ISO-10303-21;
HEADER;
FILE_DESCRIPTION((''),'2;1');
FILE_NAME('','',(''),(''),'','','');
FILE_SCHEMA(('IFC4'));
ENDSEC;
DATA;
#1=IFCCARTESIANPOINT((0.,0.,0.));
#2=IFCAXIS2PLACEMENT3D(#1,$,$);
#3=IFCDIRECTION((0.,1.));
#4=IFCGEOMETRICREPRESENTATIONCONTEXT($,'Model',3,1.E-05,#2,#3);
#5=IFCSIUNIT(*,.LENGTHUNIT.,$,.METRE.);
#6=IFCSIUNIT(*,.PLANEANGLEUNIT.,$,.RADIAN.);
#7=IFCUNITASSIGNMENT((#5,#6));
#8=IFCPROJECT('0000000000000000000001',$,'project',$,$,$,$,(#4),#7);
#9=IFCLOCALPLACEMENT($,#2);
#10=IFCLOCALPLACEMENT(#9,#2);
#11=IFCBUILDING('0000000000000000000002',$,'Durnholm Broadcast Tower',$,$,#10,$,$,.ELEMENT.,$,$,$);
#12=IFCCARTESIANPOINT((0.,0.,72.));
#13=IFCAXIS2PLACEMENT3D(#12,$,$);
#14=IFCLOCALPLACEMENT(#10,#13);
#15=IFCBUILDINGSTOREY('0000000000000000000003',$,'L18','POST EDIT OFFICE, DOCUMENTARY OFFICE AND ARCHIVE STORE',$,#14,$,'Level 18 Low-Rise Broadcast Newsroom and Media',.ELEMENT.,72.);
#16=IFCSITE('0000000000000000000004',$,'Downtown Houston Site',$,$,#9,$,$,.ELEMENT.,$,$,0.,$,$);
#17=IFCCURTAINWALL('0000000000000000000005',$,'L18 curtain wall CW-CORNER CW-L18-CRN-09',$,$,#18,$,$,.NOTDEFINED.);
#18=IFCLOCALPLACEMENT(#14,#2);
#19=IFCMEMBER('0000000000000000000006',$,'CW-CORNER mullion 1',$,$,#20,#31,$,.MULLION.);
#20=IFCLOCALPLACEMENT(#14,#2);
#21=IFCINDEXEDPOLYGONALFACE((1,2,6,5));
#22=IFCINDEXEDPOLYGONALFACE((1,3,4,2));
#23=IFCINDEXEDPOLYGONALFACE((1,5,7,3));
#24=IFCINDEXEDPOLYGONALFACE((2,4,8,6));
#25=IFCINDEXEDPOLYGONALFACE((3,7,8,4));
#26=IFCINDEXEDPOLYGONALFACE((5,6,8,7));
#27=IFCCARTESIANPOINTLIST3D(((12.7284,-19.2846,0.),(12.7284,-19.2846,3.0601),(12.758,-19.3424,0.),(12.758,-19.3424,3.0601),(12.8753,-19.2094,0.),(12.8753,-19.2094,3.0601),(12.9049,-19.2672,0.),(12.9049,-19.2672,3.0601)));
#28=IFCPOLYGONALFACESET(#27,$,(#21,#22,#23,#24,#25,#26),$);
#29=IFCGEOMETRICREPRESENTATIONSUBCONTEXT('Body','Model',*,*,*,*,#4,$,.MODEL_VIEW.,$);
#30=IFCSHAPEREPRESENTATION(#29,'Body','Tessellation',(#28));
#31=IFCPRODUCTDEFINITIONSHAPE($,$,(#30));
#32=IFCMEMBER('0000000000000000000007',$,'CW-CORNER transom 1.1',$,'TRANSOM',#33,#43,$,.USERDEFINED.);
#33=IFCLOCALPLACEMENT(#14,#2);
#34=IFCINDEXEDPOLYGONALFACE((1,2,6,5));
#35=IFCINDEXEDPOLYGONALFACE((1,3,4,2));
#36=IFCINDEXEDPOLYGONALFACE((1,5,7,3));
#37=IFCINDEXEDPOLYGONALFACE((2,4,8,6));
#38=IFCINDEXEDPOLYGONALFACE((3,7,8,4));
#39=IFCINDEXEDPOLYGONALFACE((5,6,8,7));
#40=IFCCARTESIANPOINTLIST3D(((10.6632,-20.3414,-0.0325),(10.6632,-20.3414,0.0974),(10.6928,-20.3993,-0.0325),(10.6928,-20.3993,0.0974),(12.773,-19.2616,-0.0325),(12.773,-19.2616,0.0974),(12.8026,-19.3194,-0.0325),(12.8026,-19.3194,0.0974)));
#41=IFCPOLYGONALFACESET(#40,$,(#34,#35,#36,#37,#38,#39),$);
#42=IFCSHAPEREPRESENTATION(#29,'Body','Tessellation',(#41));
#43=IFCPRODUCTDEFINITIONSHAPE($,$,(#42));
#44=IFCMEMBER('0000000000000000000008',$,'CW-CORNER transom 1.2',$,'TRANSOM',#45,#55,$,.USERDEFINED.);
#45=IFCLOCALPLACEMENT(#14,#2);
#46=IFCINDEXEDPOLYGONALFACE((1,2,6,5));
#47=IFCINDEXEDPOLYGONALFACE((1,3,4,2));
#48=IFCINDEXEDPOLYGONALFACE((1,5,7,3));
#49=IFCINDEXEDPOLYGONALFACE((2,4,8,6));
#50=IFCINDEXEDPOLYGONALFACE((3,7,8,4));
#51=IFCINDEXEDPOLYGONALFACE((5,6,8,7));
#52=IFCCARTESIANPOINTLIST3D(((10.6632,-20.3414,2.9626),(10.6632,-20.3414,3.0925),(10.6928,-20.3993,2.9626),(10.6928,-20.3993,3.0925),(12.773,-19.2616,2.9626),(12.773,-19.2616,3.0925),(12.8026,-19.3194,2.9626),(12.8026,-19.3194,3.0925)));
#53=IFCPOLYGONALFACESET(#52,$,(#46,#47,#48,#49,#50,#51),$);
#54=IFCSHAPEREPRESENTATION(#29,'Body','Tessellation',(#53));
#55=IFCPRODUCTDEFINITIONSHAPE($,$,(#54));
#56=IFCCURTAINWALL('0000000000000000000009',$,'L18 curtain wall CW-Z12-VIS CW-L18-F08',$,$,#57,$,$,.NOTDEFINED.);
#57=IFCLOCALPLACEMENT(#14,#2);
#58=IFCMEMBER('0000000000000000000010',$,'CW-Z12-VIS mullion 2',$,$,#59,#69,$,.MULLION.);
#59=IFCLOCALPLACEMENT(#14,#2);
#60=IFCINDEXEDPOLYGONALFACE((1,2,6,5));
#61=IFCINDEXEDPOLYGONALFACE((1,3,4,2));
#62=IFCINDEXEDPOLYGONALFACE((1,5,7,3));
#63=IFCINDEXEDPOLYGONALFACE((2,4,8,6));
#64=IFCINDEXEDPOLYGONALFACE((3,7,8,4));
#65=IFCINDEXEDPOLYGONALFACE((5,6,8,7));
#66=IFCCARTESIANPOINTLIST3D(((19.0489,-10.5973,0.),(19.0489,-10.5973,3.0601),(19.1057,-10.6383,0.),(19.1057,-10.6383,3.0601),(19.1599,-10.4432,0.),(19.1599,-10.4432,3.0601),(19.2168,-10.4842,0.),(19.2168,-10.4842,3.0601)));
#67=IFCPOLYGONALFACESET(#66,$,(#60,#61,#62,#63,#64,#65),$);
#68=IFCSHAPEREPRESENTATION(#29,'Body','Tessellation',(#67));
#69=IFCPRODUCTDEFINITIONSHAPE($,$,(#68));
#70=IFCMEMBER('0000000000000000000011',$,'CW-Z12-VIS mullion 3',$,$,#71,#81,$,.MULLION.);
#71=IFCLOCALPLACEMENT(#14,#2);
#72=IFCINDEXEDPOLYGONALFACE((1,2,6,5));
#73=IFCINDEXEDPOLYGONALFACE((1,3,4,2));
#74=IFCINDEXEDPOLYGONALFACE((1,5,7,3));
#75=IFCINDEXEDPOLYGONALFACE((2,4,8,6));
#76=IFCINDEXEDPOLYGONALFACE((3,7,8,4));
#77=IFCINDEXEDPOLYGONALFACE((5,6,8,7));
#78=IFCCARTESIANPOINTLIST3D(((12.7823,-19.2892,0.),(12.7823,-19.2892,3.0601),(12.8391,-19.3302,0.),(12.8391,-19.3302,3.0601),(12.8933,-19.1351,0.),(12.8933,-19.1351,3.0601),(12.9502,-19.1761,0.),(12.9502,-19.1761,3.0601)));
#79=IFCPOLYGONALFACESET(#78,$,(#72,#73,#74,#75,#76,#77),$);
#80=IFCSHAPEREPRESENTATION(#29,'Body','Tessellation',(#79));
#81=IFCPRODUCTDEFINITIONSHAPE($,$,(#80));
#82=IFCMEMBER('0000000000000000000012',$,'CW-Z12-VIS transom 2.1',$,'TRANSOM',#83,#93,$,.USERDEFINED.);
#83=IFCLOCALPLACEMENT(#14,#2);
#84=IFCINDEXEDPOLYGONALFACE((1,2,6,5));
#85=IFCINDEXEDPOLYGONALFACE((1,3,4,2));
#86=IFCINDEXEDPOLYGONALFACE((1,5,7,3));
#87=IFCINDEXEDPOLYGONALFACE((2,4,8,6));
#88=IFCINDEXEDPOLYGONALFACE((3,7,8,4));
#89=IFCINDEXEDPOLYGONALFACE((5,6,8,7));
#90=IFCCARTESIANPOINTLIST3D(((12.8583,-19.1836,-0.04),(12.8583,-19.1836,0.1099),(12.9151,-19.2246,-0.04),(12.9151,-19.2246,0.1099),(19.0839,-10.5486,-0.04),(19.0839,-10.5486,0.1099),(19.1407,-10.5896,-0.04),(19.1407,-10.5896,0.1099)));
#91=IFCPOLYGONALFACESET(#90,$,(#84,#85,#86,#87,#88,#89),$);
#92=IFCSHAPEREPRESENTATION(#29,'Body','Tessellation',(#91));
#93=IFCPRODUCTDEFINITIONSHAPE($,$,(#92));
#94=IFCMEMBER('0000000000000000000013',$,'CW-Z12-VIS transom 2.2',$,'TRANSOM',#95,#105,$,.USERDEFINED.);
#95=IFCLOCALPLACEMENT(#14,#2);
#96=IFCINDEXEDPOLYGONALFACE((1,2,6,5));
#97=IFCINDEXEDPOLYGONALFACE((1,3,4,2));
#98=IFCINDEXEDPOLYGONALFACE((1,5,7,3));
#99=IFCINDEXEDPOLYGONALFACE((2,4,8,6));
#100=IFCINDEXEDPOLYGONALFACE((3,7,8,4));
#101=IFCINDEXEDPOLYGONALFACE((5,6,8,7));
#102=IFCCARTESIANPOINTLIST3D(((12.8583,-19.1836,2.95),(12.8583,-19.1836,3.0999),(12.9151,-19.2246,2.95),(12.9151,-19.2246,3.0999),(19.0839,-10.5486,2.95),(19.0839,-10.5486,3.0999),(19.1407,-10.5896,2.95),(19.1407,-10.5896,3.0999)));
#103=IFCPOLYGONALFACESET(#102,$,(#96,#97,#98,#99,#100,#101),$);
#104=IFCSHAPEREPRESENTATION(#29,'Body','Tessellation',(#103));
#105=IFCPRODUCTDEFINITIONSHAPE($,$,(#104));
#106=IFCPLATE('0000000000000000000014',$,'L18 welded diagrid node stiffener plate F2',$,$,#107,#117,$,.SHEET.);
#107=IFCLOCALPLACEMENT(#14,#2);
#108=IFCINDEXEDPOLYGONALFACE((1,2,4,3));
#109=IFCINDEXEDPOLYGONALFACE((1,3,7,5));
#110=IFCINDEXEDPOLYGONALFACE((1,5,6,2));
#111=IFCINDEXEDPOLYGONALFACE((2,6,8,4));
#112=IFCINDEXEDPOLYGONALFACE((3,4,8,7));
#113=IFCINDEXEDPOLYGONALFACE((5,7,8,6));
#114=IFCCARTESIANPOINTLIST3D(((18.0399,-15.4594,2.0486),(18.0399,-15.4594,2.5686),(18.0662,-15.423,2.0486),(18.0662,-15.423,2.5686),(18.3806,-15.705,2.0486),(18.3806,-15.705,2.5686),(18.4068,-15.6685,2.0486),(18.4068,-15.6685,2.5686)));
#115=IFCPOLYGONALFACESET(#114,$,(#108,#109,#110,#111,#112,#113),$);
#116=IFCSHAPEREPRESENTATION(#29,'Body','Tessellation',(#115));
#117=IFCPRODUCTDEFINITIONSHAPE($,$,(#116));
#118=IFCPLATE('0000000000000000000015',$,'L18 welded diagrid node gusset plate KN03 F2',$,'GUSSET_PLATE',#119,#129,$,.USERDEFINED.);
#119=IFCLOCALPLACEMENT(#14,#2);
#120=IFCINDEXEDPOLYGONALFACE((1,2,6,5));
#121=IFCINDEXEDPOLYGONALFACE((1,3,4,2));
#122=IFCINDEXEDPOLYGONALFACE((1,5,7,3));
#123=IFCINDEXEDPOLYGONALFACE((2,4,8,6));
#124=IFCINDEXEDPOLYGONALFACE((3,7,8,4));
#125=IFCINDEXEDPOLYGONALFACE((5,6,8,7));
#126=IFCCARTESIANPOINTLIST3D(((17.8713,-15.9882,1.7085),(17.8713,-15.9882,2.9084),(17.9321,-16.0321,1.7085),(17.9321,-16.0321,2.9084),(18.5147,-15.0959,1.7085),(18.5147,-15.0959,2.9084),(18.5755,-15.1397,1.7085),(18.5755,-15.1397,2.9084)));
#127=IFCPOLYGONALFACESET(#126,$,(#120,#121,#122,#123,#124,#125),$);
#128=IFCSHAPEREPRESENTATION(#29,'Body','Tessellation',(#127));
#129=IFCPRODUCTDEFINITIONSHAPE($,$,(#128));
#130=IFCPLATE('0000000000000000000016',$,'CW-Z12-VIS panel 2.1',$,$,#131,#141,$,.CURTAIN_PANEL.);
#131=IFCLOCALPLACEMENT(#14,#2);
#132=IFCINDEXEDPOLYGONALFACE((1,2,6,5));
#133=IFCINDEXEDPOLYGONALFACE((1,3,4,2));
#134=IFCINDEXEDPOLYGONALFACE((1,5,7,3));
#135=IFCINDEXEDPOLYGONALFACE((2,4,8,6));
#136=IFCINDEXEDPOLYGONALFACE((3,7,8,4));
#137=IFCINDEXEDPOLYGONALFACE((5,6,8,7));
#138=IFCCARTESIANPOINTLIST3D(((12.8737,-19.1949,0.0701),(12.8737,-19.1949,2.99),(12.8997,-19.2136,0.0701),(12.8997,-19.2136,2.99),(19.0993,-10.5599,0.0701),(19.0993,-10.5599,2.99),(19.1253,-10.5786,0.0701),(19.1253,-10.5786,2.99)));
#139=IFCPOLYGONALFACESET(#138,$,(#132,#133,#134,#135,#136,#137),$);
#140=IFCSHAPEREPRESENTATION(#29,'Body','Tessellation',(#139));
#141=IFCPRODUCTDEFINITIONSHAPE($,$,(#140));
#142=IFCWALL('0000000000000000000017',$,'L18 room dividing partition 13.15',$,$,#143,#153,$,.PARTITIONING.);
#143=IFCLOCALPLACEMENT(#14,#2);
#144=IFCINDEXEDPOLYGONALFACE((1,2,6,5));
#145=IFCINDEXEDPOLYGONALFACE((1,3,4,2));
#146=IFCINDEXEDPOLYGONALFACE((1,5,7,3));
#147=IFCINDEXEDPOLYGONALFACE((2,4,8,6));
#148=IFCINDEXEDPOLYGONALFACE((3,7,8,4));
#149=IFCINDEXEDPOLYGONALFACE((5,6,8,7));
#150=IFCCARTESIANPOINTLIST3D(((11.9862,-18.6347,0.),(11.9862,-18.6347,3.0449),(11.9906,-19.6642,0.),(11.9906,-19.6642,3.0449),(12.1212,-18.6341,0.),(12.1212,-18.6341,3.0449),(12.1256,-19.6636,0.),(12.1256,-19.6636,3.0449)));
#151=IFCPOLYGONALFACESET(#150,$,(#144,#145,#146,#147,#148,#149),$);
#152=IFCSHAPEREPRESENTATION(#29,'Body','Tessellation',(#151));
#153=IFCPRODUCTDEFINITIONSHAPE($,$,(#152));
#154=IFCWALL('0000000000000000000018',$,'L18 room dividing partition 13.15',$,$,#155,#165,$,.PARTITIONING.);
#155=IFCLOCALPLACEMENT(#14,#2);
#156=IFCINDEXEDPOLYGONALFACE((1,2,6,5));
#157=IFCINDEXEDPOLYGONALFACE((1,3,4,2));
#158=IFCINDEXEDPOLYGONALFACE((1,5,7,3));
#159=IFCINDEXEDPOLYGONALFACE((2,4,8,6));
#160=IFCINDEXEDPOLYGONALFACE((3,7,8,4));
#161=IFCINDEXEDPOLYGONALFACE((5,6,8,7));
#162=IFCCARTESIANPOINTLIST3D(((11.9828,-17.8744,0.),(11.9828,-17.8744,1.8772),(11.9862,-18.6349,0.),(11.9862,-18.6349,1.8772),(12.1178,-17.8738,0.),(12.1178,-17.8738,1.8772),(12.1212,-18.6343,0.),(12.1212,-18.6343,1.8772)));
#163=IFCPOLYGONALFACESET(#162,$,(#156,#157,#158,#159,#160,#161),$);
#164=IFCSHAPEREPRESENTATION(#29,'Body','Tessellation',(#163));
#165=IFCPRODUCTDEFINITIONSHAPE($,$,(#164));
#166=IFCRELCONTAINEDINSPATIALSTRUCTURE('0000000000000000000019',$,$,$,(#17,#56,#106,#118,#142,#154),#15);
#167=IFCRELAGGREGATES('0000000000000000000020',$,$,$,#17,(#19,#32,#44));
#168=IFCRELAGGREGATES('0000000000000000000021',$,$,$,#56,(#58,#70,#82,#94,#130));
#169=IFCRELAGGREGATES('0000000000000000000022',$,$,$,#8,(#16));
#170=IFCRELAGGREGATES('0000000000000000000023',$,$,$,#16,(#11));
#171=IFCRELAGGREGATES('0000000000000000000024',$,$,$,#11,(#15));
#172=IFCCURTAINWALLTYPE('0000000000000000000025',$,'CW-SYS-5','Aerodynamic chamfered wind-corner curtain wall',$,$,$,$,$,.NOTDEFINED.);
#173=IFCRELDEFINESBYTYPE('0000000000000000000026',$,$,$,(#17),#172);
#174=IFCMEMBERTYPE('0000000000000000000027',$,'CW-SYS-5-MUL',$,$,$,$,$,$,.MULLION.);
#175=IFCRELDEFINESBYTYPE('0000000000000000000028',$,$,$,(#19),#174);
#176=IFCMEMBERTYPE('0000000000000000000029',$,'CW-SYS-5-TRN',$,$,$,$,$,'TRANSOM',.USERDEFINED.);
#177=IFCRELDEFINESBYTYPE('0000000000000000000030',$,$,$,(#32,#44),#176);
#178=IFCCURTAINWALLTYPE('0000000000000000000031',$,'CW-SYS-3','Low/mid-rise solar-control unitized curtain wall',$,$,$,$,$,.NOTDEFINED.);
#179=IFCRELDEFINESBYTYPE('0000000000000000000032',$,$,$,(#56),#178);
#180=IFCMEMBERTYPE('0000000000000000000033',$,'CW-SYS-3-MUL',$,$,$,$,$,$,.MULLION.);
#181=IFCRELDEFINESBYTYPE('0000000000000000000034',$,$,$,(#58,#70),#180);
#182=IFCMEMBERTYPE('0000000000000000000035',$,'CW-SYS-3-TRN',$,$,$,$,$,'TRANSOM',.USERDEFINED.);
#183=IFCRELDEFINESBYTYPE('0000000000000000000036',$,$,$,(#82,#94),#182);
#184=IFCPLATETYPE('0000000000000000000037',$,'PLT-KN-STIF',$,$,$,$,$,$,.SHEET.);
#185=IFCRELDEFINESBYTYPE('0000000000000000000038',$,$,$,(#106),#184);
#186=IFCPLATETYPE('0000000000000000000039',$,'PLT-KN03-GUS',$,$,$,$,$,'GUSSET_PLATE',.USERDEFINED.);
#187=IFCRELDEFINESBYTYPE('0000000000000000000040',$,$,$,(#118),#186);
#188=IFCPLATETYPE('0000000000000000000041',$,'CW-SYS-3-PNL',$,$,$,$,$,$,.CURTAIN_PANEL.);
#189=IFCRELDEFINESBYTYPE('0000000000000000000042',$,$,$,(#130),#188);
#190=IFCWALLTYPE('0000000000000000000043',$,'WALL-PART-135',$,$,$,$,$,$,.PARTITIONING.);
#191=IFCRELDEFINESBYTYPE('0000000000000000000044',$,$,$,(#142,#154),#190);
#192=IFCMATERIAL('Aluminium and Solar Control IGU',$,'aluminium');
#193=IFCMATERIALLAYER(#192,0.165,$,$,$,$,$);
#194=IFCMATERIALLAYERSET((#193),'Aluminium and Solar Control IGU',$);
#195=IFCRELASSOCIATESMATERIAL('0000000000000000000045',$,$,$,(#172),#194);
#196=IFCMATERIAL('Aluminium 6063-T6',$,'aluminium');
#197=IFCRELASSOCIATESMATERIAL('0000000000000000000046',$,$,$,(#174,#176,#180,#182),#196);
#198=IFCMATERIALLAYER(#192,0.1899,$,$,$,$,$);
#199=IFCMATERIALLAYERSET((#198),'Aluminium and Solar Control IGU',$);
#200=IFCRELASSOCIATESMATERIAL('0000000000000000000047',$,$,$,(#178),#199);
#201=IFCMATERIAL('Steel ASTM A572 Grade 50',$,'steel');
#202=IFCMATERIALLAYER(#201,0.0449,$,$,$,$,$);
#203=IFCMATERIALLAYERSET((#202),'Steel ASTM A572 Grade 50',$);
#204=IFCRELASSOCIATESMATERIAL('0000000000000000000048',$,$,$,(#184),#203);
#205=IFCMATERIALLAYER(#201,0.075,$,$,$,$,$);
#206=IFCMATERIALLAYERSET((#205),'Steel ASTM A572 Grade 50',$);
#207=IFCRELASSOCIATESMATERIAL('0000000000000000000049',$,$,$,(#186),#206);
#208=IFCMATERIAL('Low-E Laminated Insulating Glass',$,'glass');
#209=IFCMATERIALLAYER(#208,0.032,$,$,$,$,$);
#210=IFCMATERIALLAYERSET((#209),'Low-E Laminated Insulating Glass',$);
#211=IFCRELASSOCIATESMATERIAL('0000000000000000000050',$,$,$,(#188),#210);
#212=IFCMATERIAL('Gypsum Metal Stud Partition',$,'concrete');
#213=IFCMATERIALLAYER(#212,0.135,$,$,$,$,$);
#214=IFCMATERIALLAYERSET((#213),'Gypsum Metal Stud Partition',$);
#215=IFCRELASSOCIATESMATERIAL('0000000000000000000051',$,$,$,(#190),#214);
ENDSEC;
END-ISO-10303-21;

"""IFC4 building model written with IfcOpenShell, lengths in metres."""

from ifc_helpers import new_model, si_unit, direction, frame, frame_2d, origin, origin_2d, place, context, subcontext, project, spatial, rectangle, extrude, source, transform, mapped, material, layer, layer_set, material_profile, profile_set, type_object, type_shapes, element, aggregate, save


model = new_model("IFC4")

# Units and contexts
model_context = context("Model", 3, precision=1e-05, world=origin(), true_north=direction((0.0, 1.0)))
body_context = subcontext(model_context, "Body", "Model", "MODEL_VIEW")
ifc_project = project(units=[si_unit("LENGTHUNIT", "METRE"), si_unit("PLANEANGLEUNIT", "RADIAN")], contexts=[model_context])

# Site, building, storey
site_placement = place(None, origin())
site = spatial("IfcSite", under=ifc_project, at=site_placement, Name="Downtown Houston Site", CompositionType="ELEMENT", RefElevation=0.0)
building_placement = place(site_placement, origin())
building = spatial("IfcBuilding", under=site, at=building_placement, Name="Durnholm Broadcast Tower", CompositionType="ELEMENT")
storey_placement = place(building_placement, frame((0.0, 0.0, 72.0)))
storey = spatial("IfcBuildingStorey", under=building, at=storey_placement, Name="L18", Description="POST EDIT OFFICE, DOCUMENTARY OFFICE AND ARCHIVE STORE", LongName="Level 18 Low-Rise Broadcast Newsroom and Media", CompositionType="ELEMENT", Elevation=72.0)

# Curtain walls, members
ifc_material_1 = material(Name="Aluminium and Solar Control IGU", Category="aluminium")
ifc_layer_1 = layer(ifc_material_1, 0.165)
ifc_layer_set_1 = layer_set([ifc_layer_1], Name="Aluminium and Solar Control IGU")
curtain_wall_type_1 = type_object("IfcCurtainWallType", Name="CW-SYS-5", Description="Aerodynamic chamfered wind-corner curtain wall", PredefinedType="NOTDEFINED", material=ifc_layer_set_1)
curtain_wall_1_placement = place(storey_placement, origin())
curtain_wall_1 = element("IfcCurtainWall", 1, at=curtain_wall_1_placement, inside=storey, type_object=curtain_wall_type_1, Name="L18 curtain wall CW-CORNER CW-L18-CRN-09", PredefinedType="NOTDEFINED")
ifc_material_2 = material(Name="Aluminium 6063-T6", Category="aluminium")
ifc_material_profile_1 = material_profile(ifc_material_2, rectangle(XDim=0.0649, YDim=0.165, at=origin_2d()), Name="CWM65X165")
ifc_profile_set_1 = profile_set([ifc_material_profile_1], Name="Aluminium 6063-T6")
member_type_1 = type_object("IfcMemberType", Name="CW-SYS-5-MUL", PredefinedType="MULLION", material=ifc_profile_set_1)
shared_shape_1 = source(origin(), body_context, "Body", "SweptSolid", [
    extrude(rectangle(XDim=0.0649, YDim=0.165, at=origin_2d()), origin(), (0.0, 0.0, 1.0), 3.0601),
])
type_shapes(member_type_1, [shared_shape_1])
member_1_placement = place(storey_placement, frame((12.8167, -19.2759, 0.0), z_axis=(0.0, 0.0, 1.0), x_axis=(0.455594, -0.890188, 0.0)))
member_1 = element("IfcMember", 2, at=member_1_placement, type_object=member_type_1, Name="CW-CORNER mullion 1", PredefinedType="MULLION", context=body_context, shape_type="MappedRepresentation", body=[
    mapped(shared_shape_1, transform((0.0, 0.0, 0.0), x_axis=(1.0, 0.0, 0.0), y_axis=(0.0, 1.0, 0.0), z_axis=(0.0, 0.0, 1.0), scale=1.0)),
])
ifc_material_profile_2 = material_profile(ifc_material_2, rectangle(XDim=0.0649, YDim=0.1299, at=origin_2d()), Name="CWT65X130")
ifc_profile_set_2 = profile_set([ifc_material_profile_2], Name="Aluminium 6063-T6")
member_type_2 = type_object("IfcMemberType", Name="CW-SYS-5-TRN", ElementType="TRANSOM", PredefinedType="USERDEFINED", material=ifc_profile_set_2)
shared_shape_2 = source(origin(), body_context, "Body", "SweptSolid", [
    extrude(rectangle(XDim=0.0649, YDim=0.1299, at=origin_2d()), origin(), (0.0, 0.0, 1.0), 2.3701),
])
type_shapes(member_type_2, [shared_shape_2])
member_2_placement = place(storey_placement, frame((12.7878, -19.2905, 0.0325), z_axis=(-0.890185, -0.455599, 0.0), x_axis=(0.455599, -0.890185, 0.0)))
member_2 = element("IfcMember", 3, at=member_2_placement, type_object=member_type_2, Name="CW-CORNER transom 1.1", ObjectType="TRANSOM", PredefinedType="USERDEFINED", context=body_context, shape_type="MappedRepresentation", body=[
    mapped(shared_shape_2, transform((0.0, 0.0, 0.0), x_axis=(1.0, 0.0, 0.0), y_axis=(0.0, 1.0, 0.0), z_axis=(0.0, 0.0, 1.0), scale=1.0)),
])
member_3_placement = place(storey_placement, frame((12.7878, -19.2905, 3.0276), z_axis=(-0.890185, -0.455599, 0.0), x_axis=(0.455599, -0.890185, 0.0)))
member_3 = element("IfcMember", 4, at=member_3_placement, type_object=member_type_2, Name="CW-CORNER transom 1.2", ObjectType="TRANSOM", PredefinedType="USERDEFINED", context=body_context, shape_type="MappedRepresentation", body=[
    mapped(shared_shape_2, transform((0.0, 0.0, 0.0), x_axis=(1.0, 0.0, 0.0), y_axis=(0.0, 1.0, 0.0), z_axis=(0.0, 0.0, 1.0), scale=1.0)),
])
aggregate(curtain_wall_1, [member_1, member_2, member_3])
ifc_layer_2 = layer(ifc_material_1, 0.1899)
ifc_layer_set_2 = layer_set([ifc_layer_2], Name="Aluminium and Solar Control IGU")
curtain_wall_type_2 = type_object("IfcCurtainWallType", Name="CW-SYS-3", Description="Low/mid-rise solar-control unitized curtain wall", PredefinedType="NOTDEFINED", material=ifc_layer_set_2)
curtain_wall_2_placement = place(storey_placement, origin())
curtain_wall_2 = element("IfcCurtainWall", 5, at=curtain_wall_2_placement, inside=storey, type_object=curtain_wall_type_2, Name="L18 curtain wall CW-Z12-VIS CW-L18-F08", PredefinedType="NOTDEFINED")
ifc_material_profile_3 = material_profile(ifc_material_2, rectangle(XDim=0.0701, YDim=0.1899, at=origin_2d()), Name="CWM70X190")
ifc_profile_set_3 = profile_set([ifc_material_profile_3], Name="Aluminium 6063-T6")
member_type_3 = type_object("IfcMemberType", Name="CW-SYS-3-MUL", PredefinedType="MULLION", material=ifc_profile_set_3)
shared_shape_3 = source(origin(), body_context, "Body", "SweptSolid", [
    extrude(rectangle(XDim=0.0701, YDim=0.1899, at=origin_2d()), origin(), (0.0, 0.0, 1.0), 3.0601),
])
type_shapes(member_type_3, [shared_shape_3])
member_4_placement = place(storey_placement, frame((19.1328, -10.5408, 0.0), z_axis=(0.0, 0.0, 1.0), x_axis=(0.811161, -0.584823, 0.0)))
member_4 = element("IfcMember", 6, at=member_4_placement, type_object=member_type_3, Name="CW-Z12-VIS mullion 2", PredefinedType="MULLION", context=body_context, shape_type="MappedRepresentation", body=[
    mapped(shared_shape_3, transform((0.0, 0.0, 0.0), x_axis=(1.0, 0.0, 0.0), y_axis=(0.0, 1.0, 0.0), z_axis=(0.0, 0.0, 1.0), scale=1.0)),
])
member_5_placement = place(storey_placement, frame((12.8662, -19.2327, 0.0), z_axis=(0.0, 0.0, 1.0), x_axis=(0.811161, -0.584823, 0.0)))
member_5 = element("IfcMember", 7, at=member_5_placement, type_object=member_type_3, Name="CW-Z12-VIS mullion 3", PredefinedType="MULLION", context=body_context, shape_type="MappedRepresentation", body=[
    mapped(shared_shape_3, transform((0.0, 0.0, 0.0), x_axis=(1.0, 0.0, 0.0), y_axis=(0.0, 1.0, 0.0), z_axis=(0.0, 0.0, 1.0), scale=1.0)),
])
ifc_material_profile_4 = material_profile(ifc_material_2, rectangle(XDim=0.0701, YDim=0.1499, at=origin_2d()), Name="CWT70X150")
ifc_profile_set_4 = profile_set([ifc_material_profile_4], Name="Aluminium 6063-T6")
member_type_4 = type_object("IfcMemberType", Name="CW-SYS-3-TRN", ElementType="TRANSOM", PredefinedType="USERDEFINED", material=ifc_profile_set_4)
shared_shape_4 = source(origin(), body_context, "Body", "SweptSolid", [
    extrude(rectangle(XDim=0.0701, YDim=0.1499, at=origin_2d()), origin(), (0.0, 0.0, 1.0), 10.6453),
])
type_shapes(member_type_4, [shared_shape_4])
member_6_placement = place(storey_placement, frame((19.1123, -10.5691, 0.0349), z_axis=(-0.584823, -0.811161, 0.0), x_axis=(0.811161, -0.584823, 0.0)))
member_6 = element("IfcMember", 8, at=member_6_placement, type_object=member_type_4, Name="CW-Z12-VIS transom 2.1", ObjectType="TRANSOM", PredefinedType="USERDEFINED", context=body_context, shape_type="MappedRepresentation", body=[
    mapped(shared_shape_4, transform((0.0, 0.0, 0.0), x_axis=(1.0, 0.0, 0.0), y_axis=(0.0, 1.0, 0.0), z_axis=(0.0, 0.0, 1.0), scale=1.0)),
])
member_7_placement = place(storey_placement, frame((19.1123, -10.5691, 3.0249), z_axis=(-0.584823, -0.811161, 0.0), x_axis=(0.811161, -0.584823, 0.0)))
member_7 = element("IfcMember", 9, at=member_7_placement, type_object=member_type_4, Name="CW-Z12-VIS transom 2.2", ObjectType="TRANSOM", PredefinedType="USERDEFINED", context=body_context, shape_type="MappedRepresentation", body=[
    mapped(shared_shape_4, transform((0.0, 0.0, 0.0), x_axis=(1.0, 0.0, 0.0), y_axis=(0.0, 1.0, 0.0), z_axis=(0.0, 0.0, 1.0), scale=1.0)),
])

# Plates
ifc_material_3 = material(Name="Steel ASTM A572 Grade 50", Category="steel")
ifc_layer_3 = layer(ifc_material_3, 0.0449)
ifc_layer_set_3 = layer_set([ifc_layer_3], Name="Steel ASTM A572 Grade 50")
plate_type_1 = type_object("IfcPlateType", Name="PLT-KN-STIF", PredefinedType="SHEET", material=ifc_layer_set_3)
shared_shape_5 = source(origin(), body_context, "Body", "SweptSolid", [
    extrude(rectangle(XDim=0.0449, YDim=0.4199, at=origin_2d()), origin(), (0.0, 0.0, 1.0), 0.52),
])
type_shapes(plate_type_1, [shared_shape_5])
plate_1_placement = place(storey_placement, frame((18.2234, -15.564, 2.0486), z_axis=(0.0, 0.0, 1.0), x_axis=(0.584816, 0.811166, 0.0)))
element("IfcPlate", 10, at=plate_1_placement, inside=storey, type_object=plate_type_1, Name="L18 welded diagrid node stiffener plate F2", PredefinedType="SHEET", context=body_context, shape_type="MappedRepresentation", body=[
    mapped(shared_shape_5, transform((0.0, 0.0, 0.0), x_axis=(1.0, 0.0, 0.0), y_axis=(0.0, 1.0, 0.0), z_axis=(0.0, 0.0, 1.0), scale=1.0)),
])
ifc_layer_4 = layer(ifc_material_3, 0.075)
ifc_layer_set_4 = layer_set([ifc_layer_4], Name="Steel ASTM A572 Grade 50")
plate_type_2 = type_object("IfcPlateType", Name="PLT-KN03-GUS", ElementType="GUSSET_PLATE", PredefinedType="USERDEFINED", material=ifc_layer_set_4)
shared_shape_6 = source(origin(), body_context, "Body", "SweptSolid", [
    extrude(rectangle(XDim=1.1001, YDim=0.075, at=origin_2d()), origin(), (0.0, 0.0, 1.0), 1.2),
])
type_shapes(plate_type_2, [shared_shape_6])
plate_2_placement = place(storey_placement, frame((18.2234, -15.564, 1.7085), z_axis=(0.0, 0.0, 1.0), x_axis=(0.584816, 0.811166, 0.0)))
element("IfcPlate", 11, at=plate_2_placement, inside=storey, type_object=plate_type_2, Name="L18 welded diagrid node gusset plate KN03 F2", ObjectType="GUSSET_PLATE", PredefinedType="USERDEFINED", context=body_context, shape_type="MappedRepresentation", body=[
    mapped(shared_shape_6, transform((0.0, 0.0, 0.0), x_axis=(1.0, 0.0, 0.0), y_axis=(0.0, 1.0, 0.0), z_axis=(0.0, 0.0, 1.0), scale=1.0)),
])

# Plate
ifc_material_4 = material(Name="Low-E Laminated Insulating Glass", Category="glass")
ifc_layer_5 = layer(ifc_material_4, 0.032)
ifc_layer_set_5 = layer_set([ifc_layer_5], Name="Low-E Laminated Insulating Glass")
plate_type_3 = type_object("IfcPlateType", Name="CW-SYS-3-PNL", PredefinedType="CURTAIN_PANEL", material=ifc_layer_set_5)
shared_shape_7 = source(origin(), body_context, "Body", "SweptSolid", [
    extrude(rectangle(XDim=10.6453, YDim=0.032, at=origin_2d()), origin(), (0.0, 0.0, 1.0), 2.9199),
])
type_shapes(plate_type_3, [shared_shape_7])
plate_3_placement = place(storey_placement, frame((15.9995, -14.8867, 0.0701), z_axis=(0.0, 0.0, 1.0), x_axis=(-0.584823, -0.811161, 0.0)))
plate_3 = element("IfcPlate", 12, at=plate_3_placement, type_object=plate_type_3, Name="CW-Z12-VIS panel 2.1", PredefinedType="CURTAIN_PANEL", context=body_context, shape_type="MappedRepresentation", body=[
    mapped(shared_shape_7, transform((0.0, 0.0, 0.0), x_axis=(1.0, 0.0, 0.0), y_axis=(0.0, 1.0, 0.0), z_axis=(0.0, 0.0, 1.0), scale=1.0)),
])
aggregate(curtain_wall_2, [member_4, member_5, member_6, member_7, plate_3])

# Walls
ifc_material_5 = material(Name="Gypsum Metal Stud Partition", Category="concrete")
ifc_layer_6 = layer(ifc_material_5, 0.135)
ifc_layer_set_6 = layer_set([ifc_layer_6], Name="Gypsum Metal Stud Partition")
wall_type_1 = type_object("IfcWallType", Name="WALL-PART-135", PredefinedType="PARTITIONING", material=ifc_layer_set_6)
wall_1_placement = place(storey_placement, frame((12.0537, -18.6345, 0.0), z_axis=(0.0, 0.0, 1.0), x_axis=(0.004268, -0.999991, 0.0)))
element("IfcWall", 13, at=wall_1_placement, inside=storey, type_object=wall_type_1, Name="L18 room dividing partition 13.15", PredefinedType="PARTITIONING", context=body_context, shape_type="SweptSolid", body=[
    extrude(rectangle(XDim=1.0295, YDim=0.135, at=frame_2d((0.5146, 0.0))), origin(), (0.0, 0.0, 1.0), 3.0449),
])
wall_2_placement = place(storey_placement, frame((12.0503, -17.874, 0.0), z_axis=(0.0, 0.0, 1.0), x_axis=(0.004494, -0.99999, 0.0)))
element("IfcWall", 14, at=wall_2_placement, inside=storey, type_object=wall_type_1, Name="L18 room dividing partition 13.15", PredefinedType="PARTITIONING", context=body_context, shape_type="SweptSolid", body=[
    extrude(rectangle(XDim=0.7605, YDim=0.135, at=frame_2d((0.3804, 0.0))), origin(), (0.0, 0.0, 1.0), 1.8772),
])

save(model, "model.ifc")
